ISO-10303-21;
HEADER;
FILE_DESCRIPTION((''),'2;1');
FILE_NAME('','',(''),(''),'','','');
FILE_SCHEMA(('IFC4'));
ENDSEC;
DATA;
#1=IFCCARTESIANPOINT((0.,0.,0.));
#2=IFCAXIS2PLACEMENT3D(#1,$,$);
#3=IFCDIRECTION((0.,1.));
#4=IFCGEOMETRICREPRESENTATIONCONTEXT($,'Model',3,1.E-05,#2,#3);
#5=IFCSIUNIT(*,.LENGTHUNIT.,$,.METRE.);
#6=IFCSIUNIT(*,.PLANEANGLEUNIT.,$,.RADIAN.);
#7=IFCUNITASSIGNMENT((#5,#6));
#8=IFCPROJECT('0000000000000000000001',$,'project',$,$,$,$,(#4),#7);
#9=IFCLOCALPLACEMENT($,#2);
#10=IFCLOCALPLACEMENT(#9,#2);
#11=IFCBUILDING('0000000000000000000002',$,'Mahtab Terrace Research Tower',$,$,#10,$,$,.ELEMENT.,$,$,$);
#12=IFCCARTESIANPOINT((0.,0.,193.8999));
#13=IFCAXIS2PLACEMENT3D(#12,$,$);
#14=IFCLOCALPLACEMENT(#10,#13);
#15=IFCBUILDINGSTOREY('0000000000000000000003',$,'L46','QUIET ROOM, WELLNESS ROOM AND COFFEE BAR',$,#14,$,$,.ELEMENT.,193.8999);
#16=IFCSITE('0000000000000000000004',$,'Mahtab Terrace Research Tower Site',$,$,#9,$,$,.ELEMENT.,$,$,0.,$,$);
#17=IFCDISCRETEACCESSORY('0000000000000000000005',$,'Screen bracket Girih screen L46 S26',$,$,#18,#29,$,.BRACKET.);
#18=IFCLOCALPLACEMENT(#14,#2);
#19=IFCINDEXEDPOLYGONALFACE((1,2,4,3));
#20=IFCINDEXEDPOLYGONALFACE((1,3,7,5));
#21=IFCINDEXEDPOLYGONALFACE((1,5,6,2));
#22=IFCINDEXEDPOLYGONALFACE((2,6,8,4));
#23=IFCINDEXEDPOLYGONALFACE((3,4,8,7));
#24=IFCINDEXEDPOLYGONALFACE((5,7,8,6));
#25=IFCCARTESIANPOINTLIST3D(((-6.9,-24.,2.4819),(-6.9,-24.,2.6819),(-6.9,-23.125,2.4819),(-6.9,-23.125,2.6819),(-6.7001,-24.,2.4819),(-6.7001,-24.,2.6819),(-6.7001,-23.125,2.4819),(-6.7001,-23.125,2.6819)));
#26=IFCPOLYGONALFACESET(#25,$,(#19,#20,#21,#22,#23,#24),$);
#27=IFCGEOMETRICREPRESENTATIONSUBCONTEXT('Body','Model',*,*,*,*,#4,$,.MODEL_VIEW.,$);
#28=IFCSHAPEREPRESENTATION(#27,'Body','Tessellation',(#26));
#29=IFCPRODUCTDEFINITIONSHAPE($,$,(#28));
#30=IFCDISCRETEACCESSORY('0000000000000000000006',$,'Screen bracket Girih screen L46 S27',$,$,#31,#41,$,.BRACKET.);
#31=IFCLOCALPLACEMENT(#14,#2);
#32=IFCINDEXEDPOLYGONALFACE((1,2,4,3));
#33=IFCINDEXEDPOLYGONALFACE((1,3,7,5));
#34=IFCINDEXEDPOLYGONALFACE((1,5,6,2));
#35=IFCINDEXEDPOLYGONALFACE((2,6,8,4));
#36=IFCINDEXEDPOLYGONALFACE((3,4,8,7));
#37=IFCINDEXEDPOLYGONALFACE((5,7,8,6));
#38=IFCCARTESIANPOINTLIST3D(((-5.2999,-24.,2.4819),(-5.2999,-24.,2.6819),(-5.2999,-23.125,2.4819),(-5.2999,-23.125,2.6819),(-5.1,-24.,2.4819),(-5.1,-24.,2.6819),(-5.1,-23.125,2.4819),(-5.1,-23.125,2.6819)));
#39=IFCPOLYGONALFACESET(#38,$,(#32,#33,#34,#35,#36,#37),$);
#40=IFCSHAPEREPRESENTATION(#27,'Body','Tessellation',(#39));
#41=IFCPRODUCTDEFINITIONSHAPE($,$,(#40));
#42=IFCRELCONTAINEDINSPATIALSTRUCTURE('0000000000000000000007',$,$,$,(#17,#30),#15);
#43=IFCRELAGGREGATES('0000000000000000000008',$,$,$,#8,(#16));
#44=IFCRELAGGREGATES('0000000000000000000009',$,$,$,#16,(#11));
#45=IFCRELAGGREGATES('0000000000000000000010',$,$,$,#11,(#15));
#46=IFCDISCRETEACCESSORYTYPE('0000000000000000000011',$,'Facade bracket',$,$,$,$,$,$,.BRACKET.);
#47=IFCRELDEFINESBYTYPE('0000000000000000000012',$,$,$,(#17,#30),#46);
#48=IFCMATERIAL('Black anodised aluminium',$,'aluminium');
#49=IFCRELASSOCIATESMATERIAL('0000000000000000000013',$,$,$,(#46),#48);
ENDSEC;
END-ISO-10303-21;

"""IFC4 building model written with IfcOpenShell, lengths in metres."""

from ifc_helpers import new_model, si_unit, direction, frame, origin, origin_2d, place, context, subcontext, project, spatial, rectangle, extrude, material, type_object, element, save


model = new_model("IFC4")

# Units and contexts
model_context = context("Model", 3, precision=1e-05, world=origin(), true_north=direction((0.0, 1.0)))
body_context = subcontext(model_context, "Body", "Model", "MODEL_VIEW")
ifc_project = project(units=[si_unit("LENGTHUNIT", "METRE"), si_unit("PLANEANGLEUNIT", "RADIAN")], contexts=[model_context])

# Site, building, storey
site_placement = place(None, origin())
site = spatial("IfcSite", under=ifc_project, at=site_placement, Name="Mahtab Terrace Research Tower Site", CompositionType="ELEMENT", RefElevation=0.0)
building_placement = place(site_placement, origin())
building = spatial("IfcBuilding", under=site, at=building_placement, Name="Mahtab Terrace Research Tower", CompositionType="ELEMENT")
storey_placement = place(building_placement, frame((0.0, 0.0, 193.8999)))
storey = spatial("IfcBuildingStorey", under=building, at=storey_placement, Name="L46", Description="QUIET ROOM, WELLNESS ROOM AND COFFEE BAR", CompositionType="ELEMENT", Elevation=193.8999)

# Discrete accessories
ifc_material_1 = material(Name="Black anodised aluminium", Category="aluminium")
discrete_accessory_type = type_object("IfcDiscreteAccessoryType", Name="Facade bracket", PredefinedType="BRACKET", material=ifc_material_1)
for number, where, z_axis, x_axis, name in (
    (1, (-6.8, -23.5625, 2.4819), (0.0, 0.0, 1.0), (1.0, 0.0, 0.0), "Screen bracket Girih screen L46 S26"),
    (2, (-5.2, -23.5625, 2.4819), (0.0, 0.0, 1.0), (1.0, 0.0, 0.0), "Screen bracket Girih screen L46 S27"),
):
    element("IfcDiscreteAccessory", number, at=place(storey_placement, frame(where, z_axis=z_axis, x_axis=x_axis)), inside=storey, type_object=discrete_accessory_type, Name=name, PredefinedType="BRACKET", context=body_context, shape_type="SweptSolid", body=[
        extrude(rectangle(XDim=0.2, YDim=0.875, at=origin_2d()), origin(), (0.0, 0.0, 1.0), 0.2),
    ])

save(model, "model.ifc")
